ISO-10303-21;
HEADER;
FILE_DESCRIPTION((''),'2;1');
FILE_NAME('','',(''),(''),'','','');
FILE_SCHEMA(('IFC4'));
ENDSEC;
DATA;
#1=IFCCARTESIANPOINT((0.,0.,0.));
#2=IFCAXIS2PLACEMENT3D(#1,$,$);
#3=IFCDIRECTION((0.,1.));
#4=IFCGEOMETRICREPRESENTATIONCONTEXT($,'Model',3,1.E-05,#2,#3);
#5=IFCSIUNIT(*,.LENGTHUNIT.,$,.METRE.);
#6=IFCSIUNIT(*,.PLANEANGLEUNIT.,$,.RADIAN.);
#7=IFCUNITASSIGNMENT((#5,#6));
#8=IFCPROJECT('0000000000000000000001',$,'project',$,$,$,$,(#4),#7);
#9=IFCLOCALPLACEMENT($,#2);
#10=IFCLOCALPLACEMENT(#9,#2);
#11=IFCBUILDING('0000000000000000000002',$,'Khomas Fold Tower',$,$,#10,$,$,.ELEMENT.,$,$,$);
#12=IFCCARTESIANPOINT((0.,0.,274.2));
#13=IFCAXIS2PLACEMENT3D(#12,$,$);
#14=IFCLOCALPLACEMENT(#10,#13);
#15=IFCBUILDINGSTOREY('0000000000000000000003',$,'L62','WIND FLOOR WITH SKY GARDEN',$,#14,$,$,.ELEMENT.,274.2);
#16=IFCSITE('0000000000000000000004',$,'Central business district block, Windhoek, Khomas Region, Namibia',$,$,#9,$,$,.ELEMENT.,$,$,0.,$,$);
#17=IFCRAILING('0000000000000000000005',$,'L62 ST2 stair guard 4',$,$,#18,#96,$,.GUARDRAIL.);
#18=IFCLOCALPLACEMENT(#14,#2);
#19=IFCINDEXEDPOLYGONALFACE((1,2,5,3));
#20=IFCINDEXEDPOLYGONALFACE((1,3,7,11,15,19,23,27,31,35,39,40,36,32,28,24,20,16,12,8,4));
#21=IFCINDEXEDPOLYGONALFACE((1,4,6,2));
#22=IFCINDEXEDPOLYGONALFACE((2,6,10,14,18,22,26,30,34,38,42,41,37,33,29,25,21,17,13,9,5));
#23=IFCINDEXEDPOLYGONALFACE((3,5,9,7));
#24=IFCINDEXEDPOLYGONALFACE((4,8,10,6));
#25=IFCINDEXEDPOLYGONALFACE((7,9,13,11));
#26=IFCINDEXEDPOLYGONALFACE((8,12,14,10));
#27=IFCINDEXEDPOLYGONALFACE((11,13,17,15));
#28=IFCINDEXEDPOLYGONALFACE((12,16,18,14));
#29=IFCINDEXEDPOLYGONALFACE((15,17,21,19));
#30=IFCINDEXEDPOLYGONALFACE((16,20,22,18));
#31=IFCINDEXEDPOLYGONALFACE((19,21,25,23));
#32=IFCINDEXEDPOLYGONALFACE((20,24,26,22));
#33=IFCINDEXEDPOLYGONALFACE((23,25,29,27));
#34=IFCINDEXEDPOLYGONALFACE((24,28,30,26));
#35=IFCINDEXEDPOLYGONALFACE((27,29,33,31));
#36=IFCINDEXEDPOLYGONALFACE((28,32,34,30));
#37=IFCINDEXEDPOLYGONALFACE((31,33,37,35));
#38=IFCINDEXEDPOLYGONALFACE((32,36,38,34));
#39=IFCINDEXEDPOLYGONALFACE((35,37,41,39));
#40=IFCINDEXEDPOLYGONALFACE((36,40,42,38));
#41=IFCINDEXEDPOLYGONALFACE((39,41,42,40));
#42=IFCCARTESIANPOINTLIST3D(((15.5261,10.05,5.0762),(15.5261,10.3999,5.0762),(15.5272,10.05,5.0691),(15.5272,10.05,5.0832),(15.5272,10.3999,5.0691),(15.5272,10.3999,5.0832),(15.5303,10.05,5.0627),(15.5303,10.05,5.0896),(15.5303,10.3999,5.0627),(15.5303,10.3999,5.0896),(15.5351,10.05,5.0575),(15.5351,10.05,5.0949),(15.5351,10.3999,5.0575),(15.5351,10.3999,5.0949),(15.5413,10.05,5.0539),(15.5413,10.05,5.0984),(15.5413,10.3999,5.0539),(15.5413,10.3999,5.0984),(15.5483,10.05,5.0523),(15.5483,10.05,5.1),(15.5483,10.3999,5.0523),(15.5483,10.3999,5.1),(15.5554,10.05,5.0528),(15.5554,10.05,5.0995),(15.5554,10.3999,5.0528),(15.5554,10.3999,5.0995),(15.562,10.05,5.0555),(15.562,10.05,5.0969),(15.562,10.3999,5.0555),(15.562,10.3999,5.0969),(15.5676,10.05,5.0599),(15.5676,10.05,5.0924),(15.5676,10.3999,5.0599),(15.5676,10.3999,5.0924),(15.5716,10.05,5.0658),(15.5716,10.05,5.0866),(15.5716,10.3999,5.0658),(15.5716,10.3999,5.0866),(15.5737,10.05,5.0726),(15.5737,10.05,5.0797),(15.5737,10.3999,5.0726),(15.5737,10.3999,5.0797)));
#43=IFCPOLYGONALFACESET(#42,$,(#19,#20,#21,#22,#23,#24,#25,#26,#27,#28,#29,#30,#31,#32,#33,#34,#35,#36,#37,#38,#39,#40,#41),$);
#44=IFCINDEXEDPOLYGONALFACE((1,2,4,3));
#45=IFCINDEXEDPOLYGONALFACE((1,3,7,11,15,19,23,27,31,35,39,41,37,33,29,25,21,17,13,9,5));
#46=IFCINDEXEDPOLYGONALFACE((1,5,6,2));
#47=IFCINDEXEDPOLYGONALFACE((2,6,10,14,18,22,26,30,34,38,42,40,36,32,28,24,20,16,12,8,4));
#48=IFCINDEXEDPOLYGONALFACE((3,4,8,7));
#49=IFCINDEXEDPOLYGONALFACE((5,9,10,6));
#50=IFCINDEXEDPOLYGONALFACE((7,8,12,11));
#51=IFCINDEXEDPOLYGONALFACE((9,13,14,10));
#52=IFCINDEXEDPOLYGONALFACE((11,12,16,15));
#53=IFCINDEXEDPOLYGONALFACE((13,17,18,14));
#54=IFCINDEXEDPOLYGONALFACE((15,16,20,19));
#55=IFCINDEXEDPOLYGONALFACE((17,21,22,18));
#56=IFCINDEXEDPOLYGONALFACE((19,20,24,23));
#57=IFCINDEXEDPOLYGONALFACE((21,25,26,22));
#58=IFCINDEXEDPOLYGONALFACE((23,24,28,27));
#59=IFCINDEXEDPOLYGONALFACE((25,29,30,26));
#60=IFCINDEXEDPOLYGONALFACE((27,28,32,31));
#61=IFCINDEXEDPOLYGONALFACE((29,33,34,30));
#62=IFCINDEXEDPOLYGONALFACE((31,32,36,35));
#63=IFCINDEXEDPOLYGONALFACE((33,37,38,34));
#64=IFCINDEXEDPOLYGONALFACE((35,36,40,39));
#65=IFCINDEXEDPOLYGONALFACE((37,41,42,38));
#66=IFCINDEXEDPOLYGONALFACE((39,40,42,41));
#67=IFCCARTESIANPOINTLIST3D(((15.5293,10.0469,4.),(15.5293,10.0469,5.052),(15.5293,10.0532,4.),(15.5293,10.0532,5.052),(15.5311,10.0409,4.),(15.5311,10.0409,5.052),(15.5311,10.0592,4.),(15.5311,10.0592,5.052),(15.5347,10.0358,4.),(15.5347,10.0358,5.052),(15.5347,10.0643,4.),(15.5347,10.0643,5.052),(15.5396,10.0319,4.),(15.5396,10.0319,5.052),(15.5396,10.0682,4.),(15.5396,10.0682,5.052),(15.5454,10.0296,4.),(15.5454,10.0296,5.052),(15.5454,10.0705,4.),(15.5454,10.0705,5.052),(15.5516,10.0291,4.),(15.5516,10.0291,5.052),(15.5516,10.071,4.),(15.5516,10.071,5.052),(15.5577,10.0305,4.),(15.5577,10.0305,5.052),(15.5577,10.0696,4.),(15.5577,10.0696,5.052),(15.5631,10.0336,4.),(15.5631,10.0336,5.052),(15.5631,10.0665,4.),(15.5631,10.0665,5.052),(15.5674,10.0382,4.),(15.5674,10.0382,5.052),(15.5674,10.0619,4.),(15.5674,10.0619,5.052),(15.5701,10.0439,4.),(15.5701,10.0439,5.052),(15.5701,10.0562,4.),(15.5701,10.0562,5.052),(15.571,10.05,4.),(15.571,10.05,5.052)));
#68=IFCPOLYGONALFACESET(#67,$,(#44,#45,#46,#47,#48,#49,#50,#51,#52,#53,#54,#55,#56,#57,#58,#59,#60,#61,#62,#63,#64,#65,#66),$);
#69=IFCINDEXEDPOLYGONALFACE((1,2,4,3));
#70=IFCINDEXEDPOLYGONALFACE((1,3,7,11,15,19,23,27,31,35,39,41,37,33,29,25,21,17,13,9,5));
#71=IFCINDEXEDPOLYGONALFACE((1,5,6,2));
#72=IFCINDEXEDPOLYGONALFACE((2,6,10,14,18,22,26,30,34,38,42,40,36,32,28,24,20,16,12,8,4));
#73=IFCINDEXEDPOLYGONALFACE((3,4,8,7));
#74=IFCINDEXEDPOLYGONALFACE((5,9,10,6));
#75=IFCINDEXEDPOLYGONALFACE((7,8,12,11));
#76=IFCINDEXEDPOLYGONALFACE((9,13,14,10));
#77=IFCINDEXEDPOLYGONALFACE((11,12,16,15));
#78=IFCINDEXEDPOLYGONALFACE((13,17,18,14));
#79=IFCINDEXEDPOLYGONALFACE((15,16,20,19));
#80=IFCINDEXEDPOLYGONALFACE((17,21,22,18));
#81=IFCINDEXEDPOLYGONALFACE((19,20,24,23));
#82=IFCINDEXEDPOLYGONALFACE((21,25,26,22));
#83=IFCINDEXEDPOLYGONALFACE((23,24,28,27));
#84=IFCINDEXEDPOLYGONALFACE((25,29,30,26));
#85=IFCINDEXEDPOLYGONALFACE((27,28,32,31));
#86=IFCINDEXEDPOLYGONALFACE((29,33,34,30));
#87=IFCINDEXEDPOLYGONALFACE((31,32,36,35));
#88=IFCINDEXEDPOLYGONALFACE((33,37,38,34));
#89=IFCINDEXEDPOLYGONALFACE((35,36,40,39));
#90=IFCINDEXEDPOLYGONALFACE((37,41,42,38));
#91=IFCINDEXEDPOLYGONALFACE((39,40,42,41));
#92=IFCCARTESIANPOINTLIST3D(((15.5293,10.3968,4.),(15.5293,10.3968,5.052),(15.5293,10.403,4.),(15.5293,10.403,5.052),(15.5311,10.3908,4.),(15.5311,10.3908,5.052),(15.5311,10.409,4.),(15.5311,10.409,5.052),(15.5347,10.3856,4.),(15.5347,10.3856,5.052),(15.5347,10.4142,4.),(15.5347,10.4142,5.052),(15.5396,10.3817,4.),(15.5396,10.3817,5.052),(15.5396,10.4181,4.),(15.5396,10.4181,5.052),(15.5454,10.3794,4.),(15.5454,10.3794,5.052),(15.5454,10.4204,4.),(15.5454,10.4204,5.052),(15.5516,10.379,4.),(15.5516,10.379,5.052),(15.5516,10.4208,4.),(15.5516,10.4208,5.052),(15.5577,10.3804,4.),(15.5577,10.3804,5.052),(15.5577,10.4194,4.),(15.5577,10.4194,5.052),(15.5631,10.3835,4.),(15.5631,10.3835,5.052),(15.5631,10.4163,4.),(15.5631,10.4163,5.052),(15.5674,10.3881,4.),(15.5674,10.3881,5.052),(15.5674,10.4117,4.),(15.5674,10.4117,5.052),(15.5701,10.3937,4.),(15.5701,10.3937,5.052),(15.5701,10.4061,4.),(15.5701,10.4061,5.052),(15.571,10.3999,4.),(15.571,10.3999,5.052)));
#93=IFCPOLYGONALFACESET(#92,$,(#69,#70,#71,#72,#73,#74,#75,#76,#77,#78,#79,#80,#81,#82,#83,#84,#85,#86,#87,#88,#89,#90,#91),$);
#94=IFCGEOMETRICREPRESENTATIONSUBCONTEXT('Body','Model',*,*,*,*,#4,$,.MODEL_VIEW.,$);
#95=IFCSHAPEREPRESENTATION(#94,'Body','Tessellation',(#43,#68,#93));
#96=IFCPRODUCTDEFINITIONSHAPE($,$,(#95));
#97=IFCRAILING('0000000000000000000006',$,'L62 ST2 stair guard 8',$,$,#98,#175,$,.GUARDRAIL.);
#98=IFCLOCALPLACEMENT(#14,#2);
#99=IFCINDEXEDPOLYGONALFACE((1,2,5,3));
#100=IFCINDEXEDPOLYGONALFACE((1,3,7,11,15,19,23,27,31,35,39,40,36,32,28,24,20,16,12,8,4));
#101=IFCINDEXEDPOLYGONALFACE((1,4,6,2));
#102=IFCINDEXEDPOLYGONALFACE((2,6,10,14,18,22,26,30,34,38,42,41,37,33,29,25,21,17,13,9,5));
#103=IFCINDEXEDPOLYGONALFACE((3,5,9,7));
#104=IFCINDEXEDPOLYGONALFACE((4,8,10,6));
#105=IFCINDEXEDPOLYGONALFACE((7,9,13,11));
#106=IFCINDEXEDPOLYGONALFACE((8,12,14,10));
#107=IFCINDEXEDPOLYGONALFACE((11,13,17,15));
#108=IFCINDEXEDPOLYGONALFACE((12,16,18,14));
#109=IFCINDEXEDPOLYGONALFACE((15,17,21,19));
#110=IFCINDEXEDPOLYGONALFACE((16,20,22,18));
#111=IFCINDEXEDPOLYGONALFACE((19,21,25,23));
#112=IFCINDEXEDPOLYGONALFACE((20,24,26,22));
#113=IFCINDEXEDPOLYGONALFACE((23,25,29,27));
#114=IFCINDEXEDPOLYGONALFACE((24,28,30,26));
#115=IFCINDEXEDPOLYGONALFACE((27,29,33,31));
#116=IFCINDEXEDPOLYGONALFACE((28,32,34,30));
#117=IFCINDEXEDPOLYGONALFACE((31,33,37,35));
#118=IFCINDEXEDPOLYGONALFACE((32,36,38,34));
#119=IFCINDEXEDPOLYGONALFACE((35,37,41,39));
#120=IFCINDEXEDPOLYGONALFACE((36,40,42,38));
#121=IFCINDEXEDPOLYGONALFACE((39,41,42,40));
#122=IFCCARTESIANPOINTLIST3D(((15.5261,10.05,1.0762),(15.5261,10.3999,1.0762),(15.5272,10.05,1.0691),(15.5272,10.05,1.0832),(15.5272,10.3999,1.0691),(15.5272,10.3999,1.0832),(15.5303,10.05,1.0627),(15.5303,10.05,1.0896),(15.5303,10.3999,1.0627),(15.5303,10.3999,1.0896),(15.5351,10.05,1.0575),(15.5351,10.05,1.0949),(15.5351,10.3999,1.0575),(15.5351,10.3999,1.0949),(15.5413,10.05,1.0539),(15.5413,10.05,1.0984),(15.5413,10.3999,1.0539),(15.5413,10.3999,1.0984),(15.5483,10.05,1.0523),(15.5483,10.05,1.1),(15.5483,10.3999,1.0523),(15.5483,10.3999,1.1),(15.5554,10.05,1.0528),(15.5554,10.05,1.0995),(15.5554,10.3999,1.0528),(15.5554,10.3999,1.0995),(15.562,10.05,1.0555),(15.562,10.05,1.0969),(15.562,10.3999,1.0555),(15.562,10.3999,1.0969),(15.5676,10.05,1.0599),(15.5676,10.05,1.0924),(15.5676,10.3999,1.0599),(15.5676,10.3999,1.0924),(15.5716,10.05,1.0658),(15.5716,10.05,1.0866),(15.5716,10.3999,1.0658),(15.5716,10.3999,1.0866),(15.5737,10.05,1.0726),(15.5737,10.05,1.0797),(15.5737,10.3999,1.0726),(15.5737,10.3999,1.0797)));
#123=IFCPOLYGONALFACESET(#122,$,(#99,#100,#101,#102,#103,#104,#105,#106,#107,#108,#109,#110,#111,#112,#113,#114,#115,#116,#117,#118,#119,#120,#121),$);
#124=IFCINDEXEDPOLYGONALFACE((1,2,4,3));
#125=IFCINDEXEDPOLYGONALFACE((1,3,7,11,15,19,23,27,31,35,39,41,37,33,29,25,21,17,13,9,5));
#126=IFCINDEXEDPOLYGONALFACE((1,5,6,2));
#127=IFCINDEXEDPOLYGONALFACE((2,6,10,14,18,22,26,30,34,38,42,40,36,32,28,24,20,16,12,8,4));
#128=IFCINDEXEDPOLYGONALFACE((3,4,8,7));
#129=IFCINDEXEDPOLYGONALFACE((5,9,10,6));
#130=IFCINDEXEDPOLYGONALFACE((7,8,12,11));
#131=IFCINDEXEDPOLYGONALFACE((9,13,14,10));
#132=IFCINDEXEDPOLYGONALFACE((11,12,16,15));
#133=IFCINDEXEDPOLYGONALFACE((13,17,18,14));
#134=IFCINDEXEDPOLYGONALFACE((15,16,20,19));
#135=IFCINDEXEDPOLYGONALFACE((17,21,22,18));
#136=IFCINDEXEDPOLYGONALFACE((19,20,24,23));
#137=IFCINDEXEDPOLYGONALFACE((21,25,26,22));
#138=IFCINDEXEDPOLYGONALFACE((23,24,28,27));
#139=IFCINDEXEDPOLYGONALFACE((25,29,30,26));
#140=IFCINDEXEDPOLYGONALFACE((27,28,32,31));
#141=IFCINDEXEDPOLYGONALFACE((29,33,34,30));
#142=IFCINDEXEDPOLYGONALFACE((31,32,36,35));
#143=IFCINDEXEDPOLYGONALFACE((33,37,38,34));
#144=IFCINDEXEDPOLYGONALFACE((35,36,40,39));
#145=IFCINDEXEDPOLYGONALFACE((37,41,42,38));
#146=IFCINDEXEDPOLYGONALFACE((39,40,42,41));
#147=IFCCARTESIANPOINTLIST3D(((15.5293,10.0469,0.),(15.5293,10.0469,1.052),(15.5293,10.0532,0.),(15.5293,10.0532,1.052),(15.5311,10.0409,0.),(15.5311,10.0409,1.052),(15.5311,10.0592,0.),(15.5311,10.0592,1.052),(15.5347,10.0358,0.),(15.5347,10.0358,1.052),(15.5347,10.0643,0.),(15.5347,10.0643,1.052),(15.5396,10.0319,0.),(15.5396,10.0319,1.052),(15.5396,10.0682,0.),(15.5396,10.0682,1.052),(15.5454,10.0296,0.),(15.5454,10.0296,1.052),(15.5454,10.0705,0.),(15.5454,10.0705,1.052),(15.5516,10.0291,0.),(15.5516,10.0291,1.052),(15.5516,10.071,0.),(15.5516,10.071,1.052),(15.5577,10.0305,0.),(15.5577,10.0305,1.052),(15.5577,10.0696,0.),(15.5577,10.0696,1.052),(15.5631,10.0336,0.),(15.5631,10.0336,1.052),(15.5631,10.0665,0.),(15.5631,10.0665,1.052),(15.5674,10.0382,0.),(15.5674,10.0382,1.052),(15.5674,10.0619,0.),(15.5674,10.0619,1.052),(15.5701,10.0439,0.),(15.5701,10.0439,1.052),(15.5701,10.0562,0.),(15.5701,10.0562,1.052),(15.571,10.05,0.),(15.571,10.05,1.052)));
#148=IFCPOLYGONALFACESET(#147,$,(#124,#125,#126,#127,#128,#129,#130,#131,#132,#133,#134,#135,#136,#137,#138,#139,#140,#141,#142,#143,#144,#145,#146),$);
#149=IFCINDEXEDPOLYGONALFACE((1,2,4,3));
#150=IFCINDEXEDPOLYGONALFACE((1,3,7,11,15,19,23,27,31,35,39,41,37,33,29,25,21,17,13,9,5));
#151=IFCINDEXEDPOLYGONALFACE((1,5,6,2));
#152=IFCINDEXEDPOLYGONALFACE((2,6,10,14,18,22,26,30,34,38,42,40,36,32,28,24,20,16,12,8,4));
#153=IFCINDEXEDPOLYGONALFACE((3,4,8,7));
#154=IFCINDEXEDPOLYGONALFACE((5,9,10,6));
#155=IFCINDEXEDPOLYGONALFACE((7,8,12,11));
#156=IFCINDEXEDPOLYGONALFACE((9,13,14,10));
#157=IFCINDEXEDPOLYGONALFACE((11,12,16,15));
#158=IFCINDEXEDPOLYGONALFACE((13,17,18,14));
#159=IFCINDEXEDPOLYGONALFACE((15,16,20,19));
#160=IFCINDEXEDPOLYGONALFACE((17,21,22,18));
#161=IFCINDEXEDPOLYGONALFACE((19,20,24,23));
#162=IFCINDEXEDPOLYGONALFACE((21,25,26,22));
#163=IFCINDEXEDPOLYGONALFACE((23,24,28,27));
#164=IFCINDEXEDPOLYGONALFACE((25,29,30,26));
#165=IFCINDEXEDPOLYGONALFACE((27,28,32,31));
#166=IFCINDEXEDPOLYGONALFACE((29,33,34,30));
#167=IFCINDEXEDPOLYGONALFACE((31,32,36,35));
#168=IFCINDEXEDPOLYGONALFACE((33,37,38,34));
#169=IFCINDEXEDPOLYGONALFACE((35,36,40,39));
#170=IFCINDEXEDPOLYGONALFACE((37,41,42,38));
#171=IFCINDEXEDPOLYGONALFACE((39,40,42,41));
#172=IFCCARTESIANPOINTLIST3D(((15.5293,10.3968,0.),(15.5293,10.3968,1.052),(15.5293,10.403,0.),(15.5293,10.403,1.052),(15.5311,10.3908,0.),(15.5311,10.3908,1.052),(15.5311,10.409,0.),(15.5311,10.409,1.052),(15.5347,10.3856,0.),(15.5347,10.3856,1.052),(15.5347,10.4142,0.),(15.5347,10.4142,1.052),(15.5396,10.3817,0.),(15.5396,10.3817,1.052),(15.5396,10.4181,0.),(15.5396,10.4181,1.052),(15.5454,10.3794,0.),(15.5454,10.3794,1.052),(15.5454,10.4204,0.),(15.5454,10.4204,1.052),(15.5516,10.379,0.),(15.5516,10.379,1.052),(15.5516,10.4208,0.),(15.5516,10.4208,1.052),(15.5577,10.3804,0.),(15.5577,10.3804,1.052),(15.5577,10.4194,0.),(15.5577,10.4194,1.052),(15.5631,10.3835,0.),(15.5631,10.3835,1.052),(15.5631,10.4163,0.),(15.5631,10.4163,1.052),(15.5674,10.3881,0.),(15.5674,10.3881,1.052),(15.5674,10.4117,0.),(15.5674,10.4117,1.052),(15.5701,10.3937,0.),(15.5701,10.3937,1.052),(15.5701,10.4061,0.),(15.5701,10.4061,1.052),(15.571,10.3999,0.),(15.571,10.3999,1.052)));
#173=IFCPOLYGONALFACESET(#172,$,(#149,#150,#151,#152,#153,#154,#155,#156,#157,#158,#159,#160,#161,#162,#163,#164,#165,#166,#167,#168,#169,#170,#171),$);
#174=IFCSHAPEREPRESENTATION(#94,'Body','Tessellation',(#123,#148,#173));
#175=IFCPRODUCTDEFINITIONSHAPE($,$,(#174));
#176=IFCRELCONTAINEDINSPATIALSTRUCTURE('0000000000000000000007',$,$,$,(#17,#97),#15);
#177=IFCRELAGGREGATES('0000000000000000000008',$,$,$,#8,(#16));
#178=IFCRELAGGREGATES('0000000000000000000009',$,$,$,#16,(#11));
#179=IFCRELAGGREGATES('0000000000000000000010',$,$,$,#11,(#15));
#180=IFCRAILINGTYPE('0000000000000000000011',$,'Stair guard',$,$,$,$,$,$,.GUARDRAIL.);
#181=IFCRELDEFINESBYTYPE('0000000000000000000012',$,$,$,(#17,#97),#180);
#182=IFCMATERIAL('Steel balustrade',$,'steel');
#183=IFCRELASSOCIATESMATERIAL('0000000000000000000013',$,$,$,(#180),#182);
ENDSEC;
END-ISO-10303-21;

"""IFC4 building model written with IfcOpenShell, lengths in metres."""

from ifc_helpers import new_model, si_unit, direction, frame, origin, origin_2d, place, context, subcontext, project, spatial, circle, extrude, source, transform, mapped, material, type_object, element, save


model = new_model("IFC4")

# Units and contexts
model_context = context("Model", 3, precision=1e-05, world=origin(), true_north=direction((0.0, 1.0)))
body_context = subcontext(model_context, "Body", "Model", "MODEL_VIEW")
ifc_project = project(units=[si_unit("LENGTHUNIT", "METRE"), si_unit("PLANEANGLEUNIT", "RADIAN")], contexts=[model_context])

# Site, building, storey
site_placement = place(None, origin())
site = spatial("IfcSite", under=ifc_project, at=site_placement, Name="Central business district block, Windhoek, Khomas Region, Namibia", CompositionType="ELEMENT", RefElevation=0.0)
building_placement = place(site_placement, origin())
building = spatial("IfcBuilding", under=site, at=building_placement, Name="Khomas Fold Tower", CompositionType="ELEMENT")
storey_placement = place(building_placement, frame((0.0, 0.0, 274.2)))
storey = spatial("IfcBuildingStorey", under=building, at=storey_placement, Name="L62", Description="WIND FLOOR WITH SKY GARDEN", CompositionType="ELEMENT", Elevation=274.2)

# Railings
ifc_material_1 = material(Name="Steel balustrade", Category="steel")
railing_type_1 = type_object("IfcRailingType", Name="Stair guard", PredefinedType="GUARDRAIL", material=ifc_material_1)
shared_shape_1 = source(origin(), body_context, "Body", "SweptSolid", [
    extrude(circle(Radius=0.0239, at=origin_2d()), frame((0.0, 0.0, 1.0762), z_axis=(0.0, 1.0, 0.0), x_axis=(-1.0, 0.0, 0.0)), (0.0, 0.0, 1.0), 0.3499),
    extrude(circle(Radius=0.021, at=origin_2d()), origin(), (0.0, 0.0, 1.0), 1.052),
    extrude(circle(Radius=0.021, at=origin_2d()), frame((0.0, 0.3499, 0.0)), (0.0, 0.0, 1.0), 1.052),
])
for number, where, name in (
    (1, (15.55, 10.05, 4.0), "L62 ST2 stair guard 4"),
    (2, (15.55, 10.05, 0.0), "L62 ST2 stair guard 8"),
):
    element("IfcRailing", number, at=place(storey_placement, frame(where)), inside=storey, type_object=railing_type_1, Name=name, PredefinedType="GUARDRAIL", context=body_context, shape_type="MappedRepresentation", body=[
        mapped(shared_shape_1, transform((0.0, 0.0, 0.0))),
    ])

save(model, "model.ifc")
